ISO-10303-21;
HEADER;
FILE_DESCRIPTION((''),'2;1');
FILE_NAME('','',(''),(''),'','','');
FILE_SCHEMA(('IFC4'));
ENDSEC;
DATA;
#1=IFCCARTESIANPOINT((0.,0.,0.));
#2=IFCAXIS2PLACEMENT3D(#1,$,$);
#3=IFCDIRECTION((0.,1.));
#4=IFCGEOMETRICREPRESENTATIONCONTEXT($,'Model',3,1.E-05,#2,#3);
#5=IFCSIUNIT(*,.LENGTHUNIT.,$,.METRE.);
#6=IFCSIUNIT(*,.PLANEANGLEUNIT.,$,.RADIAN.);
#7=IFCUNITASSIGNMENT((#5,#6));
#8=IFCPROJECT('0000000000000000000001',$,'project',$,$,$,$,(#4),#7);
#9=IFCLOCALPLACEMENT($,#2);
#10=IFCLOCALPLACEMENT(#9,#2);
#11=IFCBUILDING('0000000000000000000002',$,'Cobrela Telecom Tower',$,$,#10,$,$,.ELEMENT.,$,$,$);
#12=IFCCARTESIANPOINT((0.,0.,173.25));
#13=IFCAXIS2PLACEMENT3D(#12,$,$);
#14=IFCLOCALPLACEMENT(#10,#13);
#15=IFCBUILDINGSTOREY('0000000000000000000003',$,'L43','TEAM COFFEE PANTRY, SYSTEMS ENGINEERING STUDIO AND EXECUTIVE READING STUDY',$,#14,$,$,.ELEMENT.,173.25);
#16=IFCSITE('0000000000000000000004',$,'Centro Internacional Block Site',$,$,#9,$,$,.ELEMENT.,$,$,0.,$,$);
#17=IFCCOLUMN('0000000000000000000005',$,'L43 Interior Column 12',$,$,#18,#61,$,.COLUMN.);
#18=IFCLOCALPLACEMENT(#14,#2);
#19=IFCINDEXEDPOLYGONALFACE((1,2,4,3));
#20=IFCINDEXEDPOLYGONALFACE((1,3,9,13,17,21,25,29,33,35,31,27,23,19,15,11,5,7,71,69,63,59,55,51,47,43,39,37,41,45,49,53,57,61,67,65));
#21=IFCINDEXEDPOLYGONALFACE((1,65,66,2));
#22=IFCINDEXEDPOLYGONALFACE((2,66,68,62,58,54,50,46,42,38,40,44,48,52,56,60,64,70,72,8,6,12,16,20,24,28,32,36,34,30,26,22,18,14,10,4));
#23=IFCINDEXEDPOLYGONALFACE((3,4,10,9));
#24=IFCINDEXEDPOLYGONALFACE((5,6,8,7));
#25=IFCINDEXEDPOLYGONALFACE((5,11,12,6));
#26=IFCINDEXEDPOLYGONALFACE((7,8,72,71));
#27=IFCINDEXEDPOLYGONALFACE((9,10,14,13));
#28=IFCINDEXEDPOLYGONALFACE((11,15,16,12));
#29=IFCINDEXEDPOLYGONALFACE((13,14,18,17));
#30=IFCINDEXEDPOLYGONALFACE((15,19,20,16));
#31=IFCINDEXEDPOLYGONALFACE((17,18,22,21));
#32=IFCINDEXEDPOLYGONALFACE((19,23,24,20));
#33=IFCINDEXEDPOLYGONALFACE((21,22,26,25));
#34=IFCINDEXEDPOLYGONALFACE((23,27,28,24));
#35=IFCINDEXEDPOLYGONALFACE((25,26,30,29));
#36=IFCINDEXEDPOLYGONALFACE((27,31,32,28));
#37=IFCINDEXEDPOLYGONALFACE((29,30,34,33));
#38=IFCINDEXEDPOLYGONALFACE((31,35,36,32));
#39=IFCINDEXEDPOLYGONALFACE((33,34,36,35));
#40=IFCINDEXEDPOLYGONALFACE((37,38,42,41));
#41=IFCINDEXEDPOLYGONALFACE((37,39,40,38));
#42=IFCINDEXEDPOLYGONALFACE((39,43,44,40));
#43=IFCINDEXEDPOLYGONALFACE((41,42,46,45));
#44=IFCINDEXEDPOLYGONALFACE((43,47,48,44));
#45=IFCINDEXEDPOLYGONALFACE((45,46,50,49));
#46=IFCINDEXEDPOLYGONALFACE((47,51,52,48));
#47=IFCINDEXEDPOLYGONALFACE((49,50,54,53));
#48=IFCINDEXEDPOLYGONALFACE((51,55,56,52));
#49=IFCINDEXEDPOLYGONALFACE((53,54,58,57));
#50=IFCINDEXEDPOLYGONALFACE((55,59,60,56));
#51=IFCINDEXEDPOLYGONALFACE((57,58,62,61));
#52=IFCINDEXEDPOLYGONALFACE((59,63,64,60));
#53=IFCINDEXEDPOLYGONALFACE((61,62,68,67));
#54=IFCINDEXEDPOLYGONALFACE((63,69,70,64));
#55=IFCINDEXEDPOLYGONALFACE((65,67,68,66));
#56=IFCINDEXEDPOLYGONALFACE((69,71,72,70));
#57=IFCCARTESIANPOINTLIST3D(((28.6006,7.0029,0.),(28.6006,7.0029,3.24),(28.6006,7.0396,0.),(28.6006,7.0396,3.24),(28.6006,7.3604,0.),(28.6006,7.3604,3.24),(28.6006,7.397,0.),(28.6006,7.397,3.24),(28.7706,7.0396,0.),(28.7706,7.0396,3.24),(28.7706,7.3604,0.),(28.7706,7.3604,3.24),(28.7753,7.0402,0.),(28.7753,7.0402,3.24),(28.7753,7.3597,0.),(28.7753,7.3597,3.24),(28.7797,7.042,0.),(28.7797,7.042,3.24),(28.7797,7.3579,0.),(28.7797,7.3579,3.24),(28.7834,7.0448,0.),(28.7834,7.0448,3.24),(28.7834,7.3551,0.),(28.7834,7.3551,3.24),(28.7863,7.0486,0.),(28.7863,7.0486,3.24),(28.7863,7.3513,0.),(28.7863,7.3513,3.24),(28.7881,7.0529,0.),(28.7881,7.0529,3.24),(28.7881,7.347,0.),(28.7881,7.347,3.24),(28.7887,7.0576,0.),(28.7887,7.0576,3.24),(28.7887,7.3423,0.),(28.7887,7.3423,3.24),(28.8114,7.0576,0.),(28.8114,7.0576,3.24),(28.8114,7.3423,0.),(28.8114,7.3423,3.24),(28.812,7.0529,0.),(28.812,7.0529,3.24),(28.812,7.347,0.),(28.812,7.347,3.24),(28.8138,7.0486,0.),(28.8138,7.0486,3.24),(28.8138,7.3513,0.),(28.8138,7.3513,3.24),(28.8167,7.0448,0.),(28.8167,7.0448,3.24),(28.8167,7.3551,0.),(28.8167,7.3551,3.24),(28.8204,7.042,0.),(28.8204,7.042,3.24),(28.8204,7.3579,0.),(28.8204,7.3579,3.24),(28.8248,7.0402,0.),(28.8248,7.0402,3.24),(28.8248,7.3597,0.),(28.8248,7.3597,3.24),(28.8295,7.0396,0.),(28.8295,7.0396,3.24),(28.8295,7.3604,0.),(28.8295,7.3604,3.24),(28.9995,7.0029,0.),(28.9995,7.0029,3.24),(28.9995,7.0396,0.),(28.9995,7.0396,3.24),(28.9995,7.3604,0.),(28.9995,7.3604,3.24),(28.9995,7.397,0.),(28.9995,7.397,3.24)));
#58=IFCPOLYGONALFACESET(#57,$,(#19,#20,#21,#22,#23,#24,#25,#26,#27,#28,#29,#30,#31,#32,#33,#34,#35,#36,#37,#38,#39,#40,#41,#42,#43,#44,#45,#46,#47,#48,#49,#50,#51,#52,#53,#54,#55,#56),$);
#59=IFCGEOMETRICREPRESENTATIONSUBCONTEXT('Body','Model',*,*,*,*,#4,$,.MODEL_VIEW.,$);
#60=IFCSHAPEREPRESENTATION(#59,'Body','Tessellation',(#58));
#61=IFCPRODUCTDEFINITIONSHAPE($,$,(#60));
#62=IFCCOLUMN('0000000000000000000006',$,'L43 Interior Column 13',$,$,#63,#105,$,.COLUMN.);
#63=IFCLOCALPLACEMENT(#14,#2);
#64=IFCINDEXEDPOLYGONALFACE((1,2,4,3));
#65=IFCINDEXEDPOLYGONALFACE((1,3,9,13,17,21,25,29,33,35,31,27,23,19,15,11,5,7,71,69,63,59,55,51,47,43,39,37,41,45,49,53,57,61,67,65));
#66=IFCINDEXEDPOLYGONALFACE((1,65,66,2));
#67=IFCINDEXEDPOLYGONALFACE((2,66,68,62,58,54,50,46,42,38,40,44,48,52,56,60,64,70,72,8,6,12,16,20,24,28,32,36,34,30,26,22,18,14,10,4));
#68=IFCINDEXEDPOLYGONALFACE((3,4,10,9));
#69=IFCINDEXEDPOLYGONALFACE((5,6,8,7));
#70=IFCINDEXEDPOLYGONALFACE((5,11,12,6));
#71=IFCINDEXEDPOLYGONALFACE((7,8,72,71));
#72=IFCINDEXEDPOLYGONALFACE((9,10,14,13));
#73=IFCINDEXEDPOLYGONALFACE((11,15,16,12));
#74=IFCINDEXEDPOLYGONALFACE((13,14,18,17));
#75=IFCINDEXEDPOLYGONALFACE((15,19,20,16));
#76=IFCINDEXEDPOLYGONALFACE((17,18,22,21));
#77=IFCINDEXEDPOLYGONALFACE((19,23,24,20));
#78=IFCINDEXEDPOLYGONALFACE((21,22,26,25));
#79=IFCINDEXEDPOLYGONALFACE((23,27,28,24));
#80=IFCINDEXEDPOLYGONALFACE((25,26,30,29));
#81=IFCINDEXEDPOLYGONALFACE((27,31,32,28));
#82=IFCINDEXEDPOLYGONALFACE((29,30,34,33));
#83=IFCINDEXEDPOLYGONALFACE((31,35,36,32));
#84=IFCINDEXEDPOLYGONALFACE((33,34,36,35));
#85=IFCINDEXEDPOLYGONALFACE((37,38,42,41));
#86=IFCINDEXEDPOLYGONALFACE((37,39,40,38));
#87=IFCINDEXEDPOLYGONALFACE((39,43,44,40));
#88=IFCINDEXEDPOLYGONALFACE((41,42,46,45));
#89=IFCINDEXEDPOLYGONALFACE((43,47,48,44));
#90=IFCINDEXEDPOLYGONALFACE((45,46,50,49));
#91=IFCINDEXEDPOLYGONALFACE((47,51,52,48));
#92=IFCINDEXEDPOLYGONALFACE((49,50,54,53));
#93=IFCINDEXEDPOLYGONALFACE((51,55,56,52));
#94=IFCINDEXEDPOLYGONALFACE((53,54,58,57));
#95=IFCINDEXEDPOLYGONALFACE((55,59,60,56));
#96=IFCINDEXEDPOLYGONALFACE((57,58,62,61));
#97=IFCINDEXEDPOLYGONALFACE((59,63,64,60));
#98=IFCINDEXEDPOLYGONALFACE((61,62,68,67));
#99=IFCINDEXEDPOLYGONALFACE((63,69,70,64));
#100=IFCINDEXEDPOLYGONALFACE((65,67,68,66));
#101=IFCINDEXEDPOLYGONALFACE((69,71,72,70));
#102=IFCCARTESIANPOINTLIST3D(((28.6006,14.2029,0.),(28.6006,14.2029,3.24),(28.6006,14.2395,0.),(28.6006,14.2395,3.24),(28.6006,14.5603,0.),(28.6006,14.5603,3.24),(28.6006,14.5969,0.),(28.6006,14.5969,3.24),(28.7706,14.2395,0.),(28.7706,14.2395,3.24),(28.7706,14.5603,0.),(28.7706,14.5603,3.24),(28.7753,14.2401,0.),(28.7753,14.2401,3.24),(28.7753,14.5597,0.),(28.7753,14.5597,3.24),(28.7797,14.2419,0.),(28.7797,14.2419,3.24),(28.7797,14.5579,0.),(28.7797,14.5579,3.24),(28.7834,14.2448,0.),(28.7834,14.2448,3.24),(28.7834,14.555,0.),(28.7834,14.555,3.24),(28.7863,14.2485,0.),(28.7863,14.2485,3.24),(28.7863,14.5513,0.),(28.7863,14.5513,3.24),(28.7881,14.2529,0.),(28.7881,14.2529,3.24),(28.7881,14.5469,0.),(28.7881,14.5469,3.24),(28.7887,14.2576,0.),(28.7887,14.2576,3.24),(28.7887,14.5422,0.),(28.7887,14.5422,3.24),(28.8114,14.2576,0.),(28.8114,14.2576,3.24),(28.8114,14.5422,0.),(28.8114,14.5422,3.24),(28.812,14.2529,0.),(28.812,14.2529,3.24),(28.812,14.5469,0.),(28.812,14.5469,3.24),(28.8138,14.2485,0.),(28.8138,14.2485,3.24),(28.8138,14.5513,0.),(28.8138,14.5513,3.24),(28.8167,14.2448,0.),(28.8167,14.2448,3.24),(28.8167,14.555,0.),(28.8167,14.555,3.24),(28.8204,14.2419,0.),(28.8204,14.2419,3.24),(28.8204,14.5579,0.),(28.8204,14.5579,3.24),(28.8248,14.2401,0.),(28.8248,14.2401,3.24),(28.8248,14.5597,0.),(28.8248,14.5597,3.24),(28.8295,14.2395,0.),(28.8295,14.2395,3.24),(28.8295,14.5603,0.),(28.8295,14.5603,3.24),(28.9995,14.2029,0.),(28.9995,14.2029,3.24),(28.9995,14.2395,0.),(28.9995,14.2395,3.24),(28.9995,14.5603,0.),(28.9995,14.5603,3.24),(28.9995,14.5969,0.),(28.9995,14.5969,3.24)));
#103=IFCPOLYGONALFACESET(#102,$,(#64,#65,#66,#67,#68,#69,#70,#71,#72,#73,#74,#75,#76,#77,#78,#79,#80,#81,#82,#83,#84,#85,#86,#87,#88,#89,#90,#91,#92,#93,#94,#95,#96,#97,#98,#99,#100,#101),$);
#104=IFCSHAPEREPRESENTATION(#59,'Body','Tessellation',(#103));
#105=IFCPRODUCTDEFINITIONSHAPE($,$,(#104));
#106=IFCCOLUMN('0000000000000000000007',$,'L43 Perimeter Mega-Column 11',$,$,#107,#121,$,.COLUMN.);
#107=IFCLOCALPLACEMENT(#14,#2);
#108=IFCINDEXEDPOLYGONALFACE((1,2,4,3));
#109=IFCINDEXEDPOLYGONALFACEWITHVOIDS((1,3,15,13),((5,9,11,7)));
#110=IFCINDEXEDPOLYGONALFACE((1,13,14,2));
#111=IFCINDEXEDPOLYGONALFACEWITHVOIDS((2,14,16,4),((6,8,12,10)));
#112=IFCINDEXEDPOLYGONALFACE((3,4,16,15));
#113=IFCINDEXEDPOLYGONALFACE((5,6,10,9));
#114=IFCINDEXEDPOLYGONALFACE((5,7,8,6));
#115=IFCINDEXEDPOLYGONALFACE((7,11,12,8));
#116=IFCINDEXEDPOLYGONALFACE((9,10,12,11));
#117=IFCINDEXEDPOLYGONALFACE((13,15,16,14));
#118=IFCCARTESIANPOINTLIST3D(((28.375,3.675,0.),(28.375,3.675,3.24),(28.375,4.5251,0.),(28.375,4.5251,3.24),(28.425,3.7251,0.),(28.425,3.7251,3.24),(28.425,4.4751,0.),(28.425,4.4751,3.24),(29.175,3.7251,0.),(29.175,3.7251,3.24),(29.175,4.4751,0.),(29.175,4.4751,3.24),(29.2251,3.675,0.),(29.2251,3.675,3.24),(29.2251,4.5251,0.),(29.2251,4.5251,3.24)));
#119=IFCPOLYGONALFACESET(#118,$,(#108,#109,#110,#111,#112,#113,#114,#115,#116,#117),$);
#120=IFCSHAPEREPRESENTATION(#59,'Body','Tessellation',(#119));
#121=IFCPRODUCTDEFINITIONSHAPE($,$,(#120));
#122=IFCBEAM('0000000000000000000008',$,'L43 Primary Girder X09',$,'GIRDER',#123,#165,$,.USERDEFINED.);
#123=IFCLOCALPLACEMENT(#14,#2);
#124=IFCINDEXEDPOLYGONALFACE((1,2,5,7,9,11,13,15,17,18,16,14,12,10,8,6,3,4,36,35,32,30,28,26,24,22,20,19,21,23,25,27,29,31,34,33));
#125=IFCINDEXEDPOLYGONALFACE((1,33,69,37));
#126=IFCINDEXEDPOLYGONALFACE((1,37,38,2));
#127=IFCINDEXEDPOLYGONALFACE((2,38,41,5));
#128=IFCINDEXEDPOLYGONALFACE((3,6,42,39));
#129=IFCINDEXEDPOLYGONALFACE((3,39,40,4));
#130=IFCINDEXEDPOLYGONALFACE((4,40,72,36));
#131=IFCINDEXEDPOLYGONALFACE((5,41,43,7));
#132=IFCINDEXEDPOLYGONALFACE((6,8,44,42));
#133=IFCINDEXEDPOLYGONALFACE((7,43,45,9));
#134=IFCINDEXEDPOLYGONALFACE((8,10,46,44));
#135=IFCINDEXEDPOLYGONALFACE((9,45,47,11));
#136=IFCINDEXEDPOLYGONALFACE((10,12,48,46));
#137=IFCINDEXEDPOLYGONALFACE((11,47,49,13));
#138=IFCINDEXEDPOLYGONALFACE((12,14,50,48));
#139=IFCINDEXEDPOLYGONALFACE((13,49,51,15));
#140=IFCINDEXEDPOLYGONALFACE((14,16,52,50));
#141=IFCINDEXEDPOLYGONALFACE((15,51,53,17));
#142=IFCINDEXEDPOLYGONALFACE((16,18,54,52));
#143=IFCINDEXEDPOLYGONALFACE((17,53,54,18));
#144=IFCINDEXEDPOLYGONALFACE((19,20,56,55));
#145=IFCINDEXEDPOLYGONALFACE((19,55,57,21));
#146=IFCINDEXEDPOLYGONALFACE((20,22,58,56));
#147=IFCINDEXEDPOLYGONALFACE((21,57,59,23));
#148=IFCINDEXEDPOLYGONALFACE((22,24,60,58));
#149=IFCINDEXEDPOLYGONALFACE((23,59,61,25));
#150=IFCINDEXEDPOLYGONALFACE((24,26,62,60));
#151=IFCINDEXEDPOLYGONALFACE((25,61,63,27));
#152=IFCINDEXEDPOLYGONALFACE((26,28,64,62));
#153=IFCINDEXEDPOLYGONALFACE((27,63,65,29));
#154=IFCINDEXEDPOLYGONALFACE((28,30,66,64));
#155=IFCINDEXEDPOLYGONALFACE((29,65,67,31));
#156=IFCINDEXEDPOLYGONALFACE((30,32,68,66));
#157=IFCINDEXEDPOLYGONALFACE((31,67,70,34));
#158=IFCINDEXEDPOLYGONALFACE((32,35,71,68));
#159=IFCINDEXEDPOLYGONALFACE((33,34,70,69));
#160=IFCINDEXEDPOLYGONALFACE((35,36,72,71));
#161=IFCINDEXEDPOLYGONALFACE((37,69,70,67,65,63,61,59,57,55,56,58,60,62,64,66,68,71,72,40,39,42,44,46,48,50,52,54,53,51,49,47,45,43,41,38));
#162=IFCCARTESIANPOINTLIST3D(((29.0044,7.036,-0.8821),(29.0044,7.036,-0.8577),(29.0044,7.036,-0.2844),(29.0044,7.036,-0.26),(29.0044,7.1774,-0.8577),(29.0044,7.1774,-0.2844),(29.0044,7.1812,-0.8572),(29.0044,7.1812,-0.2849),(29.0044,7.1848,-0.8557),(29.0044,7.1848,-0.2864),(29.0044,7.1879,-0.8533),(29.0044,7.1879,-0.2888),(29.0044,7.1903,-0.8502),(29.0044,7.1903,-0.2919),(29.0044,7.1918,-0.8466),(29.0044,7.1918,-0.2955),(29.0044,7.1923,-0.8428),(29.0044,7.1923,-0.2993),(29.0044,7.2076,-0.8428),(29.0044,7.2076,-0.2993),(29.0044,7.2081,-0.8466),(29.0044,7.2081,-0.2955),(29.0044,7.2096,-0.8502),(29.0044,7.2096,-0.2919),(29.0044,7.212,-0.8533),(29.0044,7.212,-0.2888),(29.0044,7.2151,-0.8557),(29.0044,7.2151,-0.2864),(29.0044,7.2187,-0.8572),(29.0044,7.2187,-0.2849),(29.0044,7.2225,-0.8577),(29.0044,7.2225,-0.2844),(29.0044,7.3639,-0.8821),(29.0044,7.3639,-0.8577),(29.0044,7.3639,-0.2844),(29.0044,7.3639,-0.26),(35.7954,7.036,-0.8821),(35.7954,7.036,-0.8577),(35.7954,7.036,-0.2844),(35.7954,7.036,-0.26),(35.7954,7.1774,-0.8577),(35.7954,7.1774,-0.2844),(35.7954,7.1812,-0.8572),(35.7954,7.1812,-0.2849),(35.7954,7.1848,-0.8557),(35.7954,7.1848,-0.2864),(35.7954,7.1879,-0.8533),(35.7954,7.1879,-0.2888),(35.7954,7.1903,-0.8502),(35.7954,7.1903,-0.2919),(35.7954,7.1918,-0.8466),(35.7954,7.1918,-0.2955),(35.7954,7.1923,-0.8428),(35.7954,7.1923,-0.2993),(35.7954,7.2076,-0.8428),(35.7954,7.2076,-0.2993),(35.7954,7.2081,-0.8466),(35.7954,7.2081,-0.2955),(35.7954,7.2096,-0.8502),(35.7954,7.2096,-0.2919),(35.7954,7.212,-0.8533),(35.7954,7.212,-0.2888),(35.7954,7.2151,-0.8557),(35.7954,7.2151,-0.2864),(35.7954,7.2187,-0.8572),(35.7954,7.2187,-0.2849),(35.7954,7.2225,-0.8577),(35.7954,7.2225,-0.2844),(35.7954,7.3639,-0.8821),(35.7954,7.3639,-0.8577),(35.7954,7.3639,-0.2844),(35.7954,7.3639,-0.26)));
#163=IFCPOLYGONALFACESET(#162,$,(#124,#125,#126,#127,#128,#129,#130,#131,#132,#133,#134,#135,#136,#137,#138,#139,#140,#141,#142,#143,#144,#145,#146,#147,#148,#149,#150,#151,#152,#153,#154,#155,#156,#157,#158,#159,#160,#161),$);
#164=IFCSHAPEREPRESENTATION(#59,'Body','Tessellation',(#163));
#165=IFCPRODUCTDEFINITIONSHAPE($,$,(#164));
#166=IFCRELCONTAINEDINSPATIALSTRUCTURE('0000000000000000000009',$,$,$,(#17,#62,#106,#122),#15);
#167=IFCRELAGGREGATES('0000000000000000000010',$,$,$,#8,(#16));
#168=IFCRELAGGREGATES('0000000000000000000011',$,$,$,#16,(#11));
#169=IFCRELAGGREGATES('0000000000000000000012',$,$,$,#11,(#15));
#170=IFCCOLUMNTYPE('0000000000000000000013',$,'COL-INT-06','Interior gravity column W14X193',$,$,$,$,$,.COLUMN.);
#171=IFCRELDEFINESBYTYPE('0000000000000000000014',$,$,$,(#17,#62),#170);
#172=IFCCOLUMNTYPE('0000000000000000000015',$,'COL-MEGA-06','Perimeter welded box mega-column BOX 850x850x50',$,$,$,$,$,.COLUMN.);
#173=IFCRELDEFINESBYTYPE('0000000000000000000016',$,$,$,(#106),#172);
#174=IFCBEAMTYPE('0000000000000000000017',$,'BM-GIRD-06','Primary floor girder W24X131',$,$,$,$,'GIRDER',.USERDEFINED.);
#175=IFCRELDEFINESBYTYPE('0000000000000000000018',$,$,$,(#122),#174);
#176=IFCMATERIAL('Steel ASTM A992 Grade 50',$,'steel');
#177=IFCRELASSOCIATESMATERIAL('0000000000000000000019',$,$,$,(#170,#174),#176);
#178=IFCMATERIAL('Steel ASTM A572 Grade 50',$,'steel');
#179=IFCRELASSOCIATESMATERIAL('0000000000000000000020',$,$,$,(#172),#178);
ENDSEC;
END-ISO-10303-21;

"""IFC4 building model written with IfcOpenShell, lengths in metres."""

from ifc_helpers import new_model, si_unit, direction, frame, origin, origin_2d, place, context, subcontext, project, spatial, hollow_rectangle, i_section, extrude, material, material_profile, profile_set, type_object, element, save


model = new_model("IFC4")

# Units and contexts
model_context = context("Model", 3, precision=1e-05, world=origin(), true_north=direction((0.0, 1.0)))
body_context = subcontext(model_context, "Body", "Model", "MODEL_VIEW")
ifc_project = project(units=[si_unit("LENGTHUNIT", "METRE"), si_unit("PLANEANGLEUNIT", "RADIAN")], contexts=[model_context])

# Site, building, storey
site_placement = place(None, origin())
site = spatial("IfcSite", under=ifc_project, at=site_placement, Name="Centro Internacional Block Site", CompositionType="ELEMENT", RefElevation=0.0)
building_placement = place(site_placement, origin())
building = spatial("IfcBuilding", under=site, at=building_placement, Name="Cobrela Telecom Tower", CompositionType="ELEMENT")
storey_placement = place(building_placement, frame((0.0, 0.0, 173.25)))
storey = spatial("IfcBuildingStorey", under=building, at=storey_placement, Name="L43", Description="TEAM COFFEE PANTRY, SYSTEMS ENGINEERING STUDIO AND EXECUTIVE READING STUDY", CompositionType="ELEMENT", Elevation=173.25)

# Columns
ifc_material_1 = material(Name="Steel ASTM A992 Grade 50", Category="steel")
ifc_material_profile_1 = material_profile(ifc_material_1, i_section(OverallWidth=0.3989, OverallDepth=0.394, WebThickness=0.0227, FlangeThickness=0.0366, FilletRadius=0.0181, at=origin_2d()), Name="W14X193")
ifc_profile_set_1 = profile_set([ifc_material_profile_1], Name="Steel ASTM A992 Grade 50")
column_type_1 = type_object("IfcColumnType", Name="COL-INT-06", Description="Interior gravity column W14X193", PredefinedType="COLUMN", material=ifc_profile_set_1)
for number, where, z_axis, x_axis, name in (
    (1, (28.8, 7.2, 0.0), (0.0, 0.0, 1.0), (1.0, 0.0, 0.0), "L43 Interior Column 12"),
    (2, (28.8, 14.3999, 0.0), (0.0, 0.0, 1.0), (1.0, 0.0, 0.0), "L43 Interior Column 13"),
):
    element("IfcColumn", number, at=place(storey_placement, frame(where, z_axis=z_axis, x_axis=x_axis)), inside=storey, type_object=column_type_1, Name=name, PredefinedType="COLUMN", context=body_context, shape_type="SweptSolid", body=[
        extrude(i_section(OverallWidth=0.3989, OverallDepth=0.394, WebThickness=0.0227, FlangeThickness=0.0366, FilletRadius=0.0181, at=origin_2d()), origin(), (0.0, 0.0, 1.0), 3.24),
    ])
ifc_material_2 = material(Name="Steel ASTM A572 Grade 50", Category="steel")
ifc_material_profile_2 = material_profile(ifc_material_2, hollow_rectangle(XDim=0.8501, YDim=0.8501, WallThickness=0.05, at=origin_2d()), Name="BOX 850x850x50")
ifc_profile_set_2 = profile_set([ifc_material_profile_2], Name="Steel ASTM A572 Grade 50")
column_type_2 = type_object("IfcColumnType", Name="COL-MEGA-06", Description="Perimeter welded box mega-column BOX 850x850x50", PredefinedType="COLUMN", material=ifc_profile_set_2)
column_placement = place(storey_placement, frame((28.8, 4.1001, 0.0), z_axis=(0.0, 0.0, 1.0), x_axis=(1.0, 0.0, 0.0)))
element("IfcColumn", 3, at=column_placement, inside=storey, type_object=column_type_2, Name="L43 Perimeter Mega-Column 11", PredefinedType="COLUMN", context=body_context, shape_type="SweptSolid", body=[
    extrude(hollow_rectangle(XDim=0.8501, YDim=0.8501, WallThickness=0.05, at=origin_2d()), origin(), (0.0, 0.0, 1.0), 3.24),
])

# Beam
ifc_material_profile_3 = material_profile(ifc_material_1, i_section(OverallWidth=0.3279, OverallDepth=0.6221, WebThickness=0.0154, FlangeThickness=0.0244, FilletRadius=0.0149, at=origin_2d()), Name="W24X131")
ifc_profile_set_3 = profile_set([ifc_material_profile_3], Name="Steel ASTM A992 Grade 50")
beam_type_1 = type_object("IfcBeamType", Name="BM-GIRD-06", Description="Primary floor girder W24X131", ElementType="GIRDER", PredefinedType="USERDEFINED", material=ifc_profile_set_3)
for number, where, z_axis, x_axis, name in (
    (4, (29.0044, 7.2, -0.571), (1.0, 0.0, 0.0), (0.0, 1.0, 0.0), "L43 Primary Girder X09"),
):
    element("IfcBeam", number, at=place(storey_placement, frame(where, z_axis=z_axis, x_axis=x_axis)), inside=storey, type_object=beam_type_1, Name=name, ObjectType="GIRDER", PredefinedType="USERDEFINED", context=body_context, shape_type="SweptSolid", body=[
        extrude(i_section(OverallWidth=0.3279, OverallDepth=0.6221, WebThickness=0.0154, FlangeThickness=0.0244, FilletRadius=0.0149, at=origin_2d()), origin(), (0.0, 0.0, 1.0), 6.791),
    ])

save(model, "model.ifc")
